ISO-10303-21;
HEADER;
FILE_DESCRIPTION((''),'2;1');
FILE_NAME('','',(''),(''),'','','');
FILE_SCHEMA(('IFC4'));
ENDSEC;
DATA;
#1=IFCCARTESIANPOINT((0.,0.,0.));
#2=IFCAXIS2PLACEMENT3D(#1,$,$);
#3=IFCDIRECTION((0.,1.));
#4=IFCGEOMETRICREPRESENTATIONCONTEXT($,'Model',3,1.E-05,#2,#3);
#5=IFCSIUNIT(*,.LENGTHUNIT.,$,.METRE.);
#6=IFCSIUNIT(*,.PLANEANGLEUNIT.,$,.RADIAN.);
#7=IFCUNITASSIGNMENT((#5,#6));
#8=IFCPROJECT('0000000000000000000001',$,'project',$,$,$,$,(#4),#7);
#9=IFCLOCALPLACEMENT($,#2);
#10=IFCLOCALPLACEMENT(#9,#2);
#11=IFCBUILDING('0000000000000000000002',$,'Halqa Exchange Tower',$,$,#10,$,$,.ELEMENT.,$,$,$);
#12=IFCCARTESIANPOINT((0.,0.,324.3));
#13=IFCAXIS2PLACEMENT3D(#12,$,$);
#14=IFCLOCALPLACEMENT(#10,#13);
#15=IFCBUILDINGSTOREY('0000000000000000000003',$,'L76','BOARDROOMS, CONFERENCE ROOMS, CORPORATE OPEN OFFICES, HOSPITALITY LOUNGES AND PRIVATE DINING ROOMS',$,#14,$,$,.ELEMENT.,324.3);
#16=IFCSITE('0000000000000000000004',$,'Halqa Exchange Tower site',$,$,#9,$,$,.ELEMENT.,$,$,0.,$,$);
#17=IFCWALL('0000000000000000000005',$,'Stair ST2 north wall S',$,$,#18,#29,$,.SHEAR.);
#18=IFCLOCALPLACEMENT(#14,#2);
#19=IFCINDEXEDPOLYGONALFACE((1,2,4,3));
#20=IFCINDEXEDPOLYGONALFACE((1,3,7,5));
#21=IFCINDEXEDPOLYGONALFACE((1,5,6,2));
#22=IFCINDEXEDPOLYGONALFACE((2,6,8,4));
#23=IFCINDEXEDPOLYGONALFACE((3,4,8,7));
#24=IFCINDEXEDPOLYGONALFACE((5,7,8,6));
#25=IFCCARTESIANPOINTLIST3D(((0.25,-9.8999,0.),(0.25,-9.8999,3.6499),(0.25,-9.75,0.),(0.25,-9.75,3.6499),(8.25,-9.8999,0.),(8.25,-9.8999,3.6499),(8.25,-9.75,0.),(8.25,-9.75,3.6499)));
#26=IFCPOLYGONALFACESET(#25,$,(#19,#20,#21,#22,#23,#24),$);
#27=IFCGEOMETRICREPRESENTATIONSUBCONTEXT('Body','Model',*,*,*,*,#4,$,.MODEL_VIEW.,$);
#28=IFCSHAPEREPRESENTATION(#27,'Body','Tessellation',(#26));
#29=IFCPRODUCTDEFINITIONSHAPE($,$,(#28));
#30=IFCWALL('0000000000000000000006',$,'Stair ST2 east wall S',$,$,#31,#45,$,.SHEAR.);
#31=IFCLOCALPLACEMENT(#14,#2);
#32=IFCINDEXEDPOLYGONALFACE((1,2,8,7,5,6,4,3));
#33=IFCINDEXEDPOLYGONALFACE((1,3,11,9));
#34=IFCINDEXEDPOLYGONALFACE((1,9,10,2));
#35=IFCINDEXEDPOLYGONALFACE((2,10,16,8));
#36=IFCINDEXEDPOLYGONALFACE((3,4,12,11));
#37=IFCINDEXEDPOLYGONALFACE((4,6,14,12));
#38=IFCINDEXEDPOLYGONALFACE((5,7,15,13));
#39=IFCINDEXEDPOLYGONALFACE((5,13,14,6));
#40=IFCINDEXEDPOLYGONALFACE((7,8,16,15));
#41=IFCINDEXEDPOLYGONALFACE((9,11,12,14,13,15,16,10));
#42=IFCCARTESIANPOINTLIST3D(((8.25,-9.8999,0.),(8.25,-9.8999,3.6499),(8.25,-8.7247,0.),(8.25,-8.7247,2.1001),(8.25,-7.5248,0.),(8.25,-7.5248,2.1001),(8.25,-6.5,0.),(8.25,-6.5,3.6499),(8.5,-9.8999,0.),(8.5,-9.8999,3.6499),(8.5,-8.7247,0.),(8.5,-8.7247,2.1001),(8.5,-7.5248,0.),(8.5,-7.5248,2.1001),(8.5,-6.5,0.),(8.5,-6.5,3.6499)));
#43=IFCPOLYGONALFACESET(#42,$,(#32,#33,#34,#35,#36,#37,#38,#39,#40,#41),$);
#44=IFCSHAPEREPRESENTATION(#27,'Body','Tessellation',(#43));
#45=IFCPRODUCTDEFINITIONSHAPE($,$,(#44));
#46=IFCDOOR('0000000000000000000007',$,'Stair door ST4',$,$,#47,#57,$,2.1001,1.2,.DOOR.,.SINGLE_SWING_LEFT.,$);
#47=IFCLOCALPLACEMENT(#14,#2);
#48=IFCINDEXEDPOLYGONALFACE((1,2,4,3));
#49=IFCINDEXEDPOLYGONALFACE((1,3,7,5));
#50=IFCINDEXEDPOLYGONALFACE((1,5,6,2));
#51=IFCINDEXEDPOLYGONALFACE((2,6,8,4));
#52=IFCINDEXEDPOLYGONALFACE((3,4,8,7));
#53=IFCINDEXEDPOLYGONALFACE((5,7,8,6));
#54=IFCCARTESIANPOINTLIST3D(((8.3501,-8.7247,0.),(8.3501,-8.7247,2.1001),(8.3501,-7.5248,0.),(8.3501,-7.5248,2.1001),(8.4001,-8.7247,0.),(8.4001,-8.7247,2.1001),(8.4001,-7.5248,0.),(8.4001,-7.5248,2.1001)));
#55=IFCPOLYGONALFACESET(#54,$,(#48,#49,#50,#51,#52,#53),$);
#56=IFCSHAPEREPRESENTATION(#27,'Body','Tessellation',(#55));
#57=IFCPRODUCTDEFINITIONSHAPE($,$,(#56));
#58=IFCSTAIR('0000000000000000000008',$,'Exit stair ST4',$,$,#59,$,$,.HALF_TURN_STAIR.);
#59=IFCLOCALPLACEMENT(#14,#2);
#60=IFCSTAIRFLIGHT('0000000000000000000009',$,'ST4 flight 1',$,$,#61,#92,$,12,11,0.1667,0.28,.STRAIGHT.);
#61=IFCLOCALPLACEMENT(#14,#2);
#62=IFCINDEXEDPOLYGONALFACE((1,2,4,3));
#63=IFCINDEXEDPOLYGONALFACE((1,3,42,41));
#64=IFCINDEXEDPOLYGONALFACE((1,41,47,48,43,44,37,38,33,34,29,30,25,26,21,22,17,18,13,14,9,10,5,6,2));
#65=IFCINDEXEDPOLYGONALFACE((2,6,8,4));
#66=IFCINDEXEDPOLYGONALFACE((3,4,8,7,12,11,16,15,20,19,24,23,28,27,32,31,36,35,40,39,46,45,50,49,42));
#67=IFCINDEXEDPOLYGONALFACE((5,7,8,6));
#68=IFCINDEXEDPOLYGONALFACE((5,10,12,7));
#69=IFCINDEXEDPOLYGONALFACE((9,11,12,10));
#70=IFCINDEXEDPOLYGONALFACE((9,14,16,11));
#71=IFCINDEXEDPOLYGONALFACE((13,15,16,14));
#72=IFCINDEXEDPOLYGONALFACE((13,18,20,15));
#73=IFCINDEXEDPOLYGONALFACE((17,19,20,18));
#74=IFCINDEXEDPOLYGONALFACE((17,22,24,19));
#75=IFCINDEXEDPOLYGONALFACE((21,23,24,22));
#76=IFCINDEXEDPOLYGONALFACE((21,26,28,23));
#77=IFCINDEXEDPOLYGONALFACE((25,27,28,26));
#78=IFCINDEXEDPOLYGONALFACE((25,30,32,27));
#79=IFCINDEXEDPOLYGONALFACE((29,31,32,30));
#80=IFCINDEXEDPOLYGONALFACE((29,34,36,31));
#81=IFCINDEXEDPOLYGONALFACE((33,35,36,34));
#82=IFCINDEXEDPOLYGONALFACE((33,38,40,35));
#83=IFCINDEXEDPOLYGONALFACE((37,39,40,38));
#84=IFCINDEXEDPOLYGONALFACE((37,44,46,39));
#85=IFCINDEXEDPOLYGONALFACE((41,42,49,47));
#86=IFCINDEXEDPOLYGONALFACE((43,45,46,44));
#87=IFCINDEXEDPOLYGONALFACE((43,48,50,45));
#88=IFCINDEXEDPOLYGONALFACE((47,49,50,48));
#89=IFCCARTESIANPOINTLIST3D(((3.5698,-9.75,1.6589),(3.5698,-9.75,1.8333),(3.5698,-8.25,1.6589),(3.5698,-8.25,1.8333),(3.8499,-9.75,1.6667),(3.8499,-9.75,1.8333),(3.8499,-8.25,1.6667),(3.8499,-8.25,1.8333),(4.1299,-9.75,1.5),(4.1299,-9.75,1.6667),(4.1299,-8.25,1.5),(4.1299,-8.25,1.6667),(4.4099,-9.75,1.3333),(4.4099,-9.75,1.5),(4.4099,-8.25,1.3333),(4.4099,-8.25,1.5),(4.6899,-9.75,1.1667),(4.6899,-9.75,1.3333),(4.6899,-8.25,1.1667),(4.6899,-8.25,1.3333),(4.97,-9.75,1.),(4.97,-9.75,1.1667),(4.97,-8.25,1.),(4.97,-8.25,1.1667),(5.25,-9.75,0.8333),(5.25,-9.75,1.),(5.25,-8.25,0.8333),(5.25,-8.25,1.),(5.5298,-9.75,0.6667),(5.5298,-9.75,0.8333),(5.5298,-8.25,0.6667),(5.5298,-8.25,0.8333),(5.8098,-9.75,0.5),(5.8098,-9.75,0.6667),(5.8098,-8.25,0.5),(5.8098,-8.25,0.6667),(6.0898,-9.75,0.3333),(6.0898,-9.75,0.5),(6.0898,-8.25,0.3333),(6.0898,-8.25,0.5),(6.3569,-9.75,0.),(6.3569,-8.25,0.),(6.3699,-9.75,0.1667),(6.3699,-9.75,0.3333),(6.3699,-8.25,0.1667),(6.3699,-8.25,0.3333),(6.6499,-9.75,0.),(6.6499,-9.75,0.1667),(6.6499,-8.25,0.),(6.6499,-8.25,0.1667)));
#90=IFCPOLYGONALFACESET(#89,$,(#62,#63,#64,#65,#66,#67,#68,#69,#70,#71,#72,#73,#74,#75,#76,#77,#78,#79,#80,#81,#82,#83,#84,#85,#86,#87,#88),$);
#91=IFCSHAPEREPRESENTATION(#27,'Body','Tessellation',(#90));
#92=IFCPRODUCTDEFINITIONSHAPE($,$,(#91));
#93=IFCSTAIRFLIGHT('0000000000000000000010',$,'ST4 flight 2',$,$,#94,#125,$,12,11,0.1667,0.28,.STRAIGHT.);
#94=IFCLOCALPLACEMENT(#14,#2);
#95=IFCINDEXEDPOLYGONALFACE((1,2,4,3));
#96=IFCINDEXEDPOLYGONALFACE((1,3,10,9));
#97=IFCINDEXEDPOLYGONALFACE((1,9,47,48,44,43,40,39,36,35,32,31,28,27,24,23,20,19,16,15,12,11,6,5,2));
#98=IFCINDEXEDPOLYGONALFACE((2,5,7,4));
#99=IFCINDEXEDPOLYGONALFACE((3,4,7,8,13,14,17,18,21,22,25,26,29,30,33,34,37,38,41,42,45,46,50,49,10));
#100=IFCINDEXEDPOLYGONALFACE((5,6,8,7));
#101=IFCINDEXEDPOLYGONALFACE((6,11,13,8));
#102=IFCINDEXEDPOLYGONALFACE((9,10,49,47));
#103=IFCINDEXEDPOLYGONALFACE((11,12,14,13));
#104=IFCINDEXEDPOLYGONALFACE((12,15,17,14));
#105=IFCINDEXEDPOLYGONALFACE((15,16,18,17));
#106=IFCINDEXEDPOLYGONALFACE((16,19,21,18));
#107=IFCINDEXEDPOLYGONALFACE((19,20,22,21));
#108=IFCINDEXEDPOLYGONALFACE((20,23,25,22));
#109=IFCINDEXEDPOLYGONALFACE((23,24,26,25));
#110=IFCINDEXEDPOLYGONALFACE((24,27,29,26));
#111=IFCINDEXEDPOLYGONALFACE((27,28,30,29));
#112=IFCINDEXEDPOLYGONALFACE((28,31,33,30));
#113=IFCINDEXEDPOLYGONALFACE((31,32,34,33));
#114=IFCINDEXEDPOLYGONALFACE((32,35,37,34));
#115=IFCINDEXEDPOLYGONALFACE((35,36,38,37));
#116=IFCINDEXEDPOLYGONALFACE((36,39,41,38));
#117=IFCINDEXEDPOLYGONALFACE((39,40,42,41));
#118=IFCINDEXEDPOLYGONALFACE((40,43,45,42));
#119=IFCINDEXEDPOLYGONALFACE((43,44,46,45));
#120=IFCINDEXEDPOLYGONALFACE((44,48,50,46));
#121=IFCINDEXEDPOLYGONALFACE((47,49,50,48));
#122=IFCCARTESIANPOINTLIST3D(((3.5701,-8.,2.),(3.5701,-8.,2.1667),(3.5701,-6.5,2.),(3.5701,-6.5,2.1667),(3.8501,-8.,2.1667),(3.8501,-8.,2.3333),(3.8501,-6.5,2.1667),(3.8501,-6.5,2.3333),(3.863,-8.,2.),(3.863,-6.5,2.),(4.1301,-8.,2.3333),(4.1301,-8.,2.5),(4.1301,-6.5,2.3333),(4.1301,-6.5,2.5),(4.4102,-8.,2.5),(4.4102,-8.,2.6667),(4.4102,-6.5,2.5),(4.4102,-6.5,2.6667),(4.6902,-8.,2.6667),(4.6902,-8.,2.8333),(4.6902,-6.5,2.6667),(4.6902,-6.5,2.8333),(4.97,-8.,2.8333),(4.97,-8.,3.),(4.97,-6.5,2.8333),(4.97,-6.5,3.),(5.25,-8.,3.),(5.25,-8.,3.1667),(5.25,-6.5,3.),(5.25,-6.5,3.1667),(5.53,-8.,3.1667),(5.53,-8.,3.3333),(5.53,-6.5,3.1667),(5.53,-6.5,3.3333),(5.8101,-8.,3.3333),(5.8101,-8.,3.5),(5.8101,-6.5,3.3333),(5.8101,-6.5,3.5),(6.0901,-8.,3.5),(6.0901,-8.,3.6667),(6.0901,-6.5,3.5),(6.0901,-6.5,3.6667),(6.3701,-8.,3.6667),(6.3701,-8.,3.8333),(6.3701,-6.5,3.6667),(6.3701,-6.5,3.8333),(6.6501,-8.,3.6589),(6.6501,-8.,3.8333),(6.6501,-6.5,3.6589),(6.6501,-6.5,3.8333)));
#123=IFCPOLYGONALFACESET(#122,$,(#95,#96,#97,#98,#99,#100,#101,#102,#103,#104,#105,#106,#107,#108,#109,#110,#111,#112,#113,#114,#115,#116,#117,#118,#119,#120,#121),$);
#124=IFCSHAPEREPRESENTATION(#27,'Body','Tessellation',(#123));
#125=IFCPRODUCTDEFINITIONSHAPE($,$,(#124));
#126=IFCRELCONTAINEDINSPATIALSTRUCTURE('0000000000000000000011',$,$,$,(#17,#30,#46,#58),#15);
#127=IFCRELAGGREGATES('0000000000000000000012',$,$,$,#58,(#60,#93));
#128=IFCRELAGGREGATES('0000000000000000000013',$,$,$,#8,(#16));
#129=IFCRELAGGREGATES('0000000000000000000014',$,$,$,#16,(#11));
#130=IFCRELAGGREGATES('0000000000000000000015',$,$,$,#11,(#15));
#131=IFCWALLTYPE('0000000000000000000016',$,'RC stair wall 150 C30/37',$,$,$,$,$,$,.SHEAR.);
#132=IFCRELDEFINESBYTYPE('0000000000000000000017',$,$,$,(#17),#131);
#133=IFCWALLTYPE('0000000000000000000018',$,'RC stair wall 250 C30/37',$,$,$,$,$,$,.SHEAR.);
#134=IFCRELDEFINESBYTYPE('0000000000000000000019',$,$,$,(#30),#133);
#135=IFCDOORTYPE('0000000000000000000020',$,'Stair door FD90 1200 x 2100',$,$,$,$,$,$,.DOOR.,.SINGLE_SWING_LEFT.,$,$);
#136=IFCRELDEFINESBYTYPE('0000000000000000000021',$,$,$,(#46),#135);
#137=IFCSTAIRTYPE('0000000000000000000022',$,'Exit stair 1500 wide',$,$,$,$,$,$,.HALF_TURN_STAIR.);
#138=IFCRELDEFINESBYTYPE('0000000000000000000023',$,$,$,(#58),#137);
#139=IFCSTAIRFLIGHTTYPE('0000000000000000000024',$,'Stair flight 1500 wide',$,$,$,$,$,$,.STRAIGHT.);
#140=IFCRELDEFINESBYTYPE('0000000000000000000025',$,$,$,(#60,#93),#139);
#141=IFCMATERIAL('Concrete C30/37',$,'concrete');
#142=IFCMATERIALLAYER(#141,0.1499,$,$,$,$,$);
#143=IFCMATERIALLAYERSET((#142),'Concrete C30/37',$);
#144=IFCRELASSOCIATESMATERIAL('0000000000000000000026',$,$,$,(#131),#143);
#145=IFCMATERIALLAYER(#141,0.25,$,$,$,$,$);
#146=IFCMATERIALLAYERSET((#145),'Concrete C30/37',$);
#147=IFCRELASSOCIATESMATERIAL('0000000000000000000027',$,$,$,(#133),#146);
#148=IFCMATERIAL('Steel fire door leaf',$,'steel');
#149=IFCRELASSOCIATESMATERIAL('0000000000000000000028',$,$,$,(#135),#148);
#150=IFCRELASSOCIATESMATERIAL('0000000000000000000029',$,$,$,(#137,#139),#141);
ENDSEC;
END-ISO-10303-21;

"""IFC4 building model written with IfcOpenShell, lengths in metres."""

from ifc_helpers import new_model, si_unit, direction, frame, frame_2d, origin, place, context, subcontext, project, spatial, polyline, rectangle, outline, extrude, material, layer, layer_set, type_object, element, fill, aggregate, save


model = new_model("IFC4")

# Units and contexts
model_context = context("Model", 3, precision=1e-05, world=origin(), true_north=direction((0.0, 1.0)))
body_context = subcontext(model_context, "Body", "Model", "MODEL_VIEW")
ifc_project = project(units=[si_unit("LENGTHUNIT", "METRE"), si_unit("PLANEANGLEUNIT", "RADIAN")], contexts=[model_context])

# Site, building, storey
site_placement = place(None, origin())
site = spatial("IfcSite", under=ifc_project, at=site_placement, Name="Halqa Exchange Tower site", CompositionType="ELEMENT", RefElevation=0.0)
building_placement = place(site_placement, origin())
building = spatial("IfcBuilding", under=site, at=building_placement, Name="Halqa Exchange Tower", CompositionType="ELEMENT")
storey_placement = place(building_placement, frame((0.0, 0.0, 324.3)))
storey = spatial("IfcBuildingStorey", under=building, at=storey_placement, Name="L76", Description="BOARDROOMS, CONFERENCE ROOMS, CORPORATE OPEN OFFICES, HOSPITALITY LOUNGES AND PRIVATE DINING ROOMS", CompositionType="ELEMENT", Elevation=324.3)

# Wall
ifc_material_1 = material(Name="Concrete C30/37", Category="concrete")
ifc_layer_1 = layer(ifc_material_1, 0.1499)
ifc_layer_set_1 = layer_set([ifc_layer_1], Name="Concrete C30/37")
wall_type_1 = type_object("IfcWallType", Name="RC stair wall 150 C30/37", PredefinedType="SHEAR", material=ifc_layer_set_1)
wall_1_placement = place(storey_placement, frame((0.25, -9.825, 0.0), z_axis=(0.0, 0.0, 1.0), x_axis=(1.0, 0.0, 0.0)))
element("IfcWall", 1, at=wall_1_placement, inside=storey, type_object=wall_type_1, Name="Stair ST2 north wall S", PredefinedType="SHEAR", context=body_context, shape_type="SweptSolid", body=[
    extrude(rectangle(XDim=8.0, YDim=0.1499, at=frame_2d((4.0, 0.0))), origin(), (0.0, 0.0, 1.0), 3.6499),
])

# Wall, opening, door
ifc_layer_2 = layer(ifc_material_1, 0.25)
ifc_layer_set_2 = layer_set([ifc_layer_2], Name="Concrete C30/37")
wall_type_2 = type_object("IfcWallType", Name="RC stair wall 250 C30/37", PredefinedType="SHEAR", material=ifc_layer_set_2)
wall_2_placement = place(storey_placement, frame((8.375, -9.8999, 0.0), z_axis=(0.0, 0.0, 1.0), x_axis=(0.0, 1.0, 0.0)))
wall_2 = element("IfcWall", 2, at=wall_2_placement, inside=storey, type_object=wall_type_2, Name="Stair ST2 east wall S", PredefinedType="SHEAR", context=body_context, shape_type="SweptSolid", body=[
    extrude(rectangle(XDim=3.3999, YDim=0.25, at=frame_2d((1.7, 0.0))), origin(), (0.0, 0.0, 1.0), 3.6499),
])
opening_placement = place(wall_2_placement, frame((1.175, 0.0, 0.0)))
opening = element("IfcOpeningElement", 3, at=opening_placement, cuts=wall_2, PredefinedType="OPENING", context=body_context, shape_type="SweptSolid", body=[
    extrude(rectangle(XDim=1.2, YDim=2.1001, at=frame_2d((0.6001, 1.05))), frame((0.0, 0.137, 0.0), z_axis=(0.0, -1.0, 0.0), x_axis=(1.0, 0.0, 0.0)), (0.0, 0.0, 1.0), 0.2739),
])
ifc_material_2 = material(Name="Steel fire door leaf", Category="steel")
door_type = type_object("IfcDoorType", Name="Stair door FD90 1200 x 2100", OperationType="SINGLE_SWING_LEFT", PredefinedType="DOOR", material=ifc_material_2)
door_placement = place(opening_placement, origin())
door = element("IfcDoor", 4, at=door_placement, inside=storey, type_object=door_type, Name="Stair door ST4", OperationType="SINGLE_SWING_LEFT", OverallHeight=2.1001, OverallWidth=1.2, PredefinedType="DOOR", context=body_context, shape_type="SweptSolid", body=[
    extrude(rectangle(XDim=1.2, YDim=2.1001, at=frame_2d((0.6001, 1.05))), frame((0.0, 0.0249, 0.0), z_axis=(0.0, -1.0, 0.0), x_axis=(1.0, 0.0, 0.0)), (0.0, 0.0, 1.0), 0.05),
])
fill(opening, door)

# Stair, stair flights
stair_type = type_object("IfcStairType", Name="Exit stair 1500 wide", PredefinedType="HALF_TURN_STAIR", material=ifc_material_1)
stair_placement = place(storey_placement, origin())
stair = element("IfcStair", 5, at=stair_placement, inside=storey, type_object=stair_type, Name="Exit stair ST4", PredefinedType="HALF_TURN_STAIR")
stair_flight_type = type_object("IfcStairFlightType", Name="Stair flight 1500 wide", PredefinedType="STRAIGHT", material=ifc_material_1)
stair_flight_1_placement = place(storey_placement, frame((6.6499, -9.0, 0.0), z_axis=(0.0, 0.0, 1.0), x_axis=(-1.0, 0.0, 0.0)))
stair_flight_1 = element("IfcStairFlight", 6, at=stair_flight_1_placement, type_object=stair_flight_type, Name="ST4 flight 1", NumberOfRisers=12, NumberOfTreads=11, PredefinedType="STRAIGHT", RiserHeight=0.1667, TreadLength=0.28, context=body_context, shape_type="SweptSolid", body=[
    extrude(outline(polyline([(0.0, 0.0), (0.0, 0.1667), (0.28, 0.1667), (0.28, 0.3333), (0.5601, 0.3333), (0.5601, 0.5), (0.8401, 0.5), (0.8401, 0.6667), (1.1201, 0.6667), (1.1201, 0.8333), (1.3999, 0.8333), (1.3999, 1.0), (1.6799, 1.0), (1.6799, 1.1667), (1.96, 1.1667), (1.96, 1.3333), (2.24, 1.3333), (2.24, 1.5), (2.52, 1.5), (2.52, 1.6667), (2.8, 1.6667), (2.8, 1.8333), (3.0801, 1.8333), (3.0801, 2.0), (3.0801, 1.6589), (0.293, 0.0), (0.0, 0.0)])), frame((0.0, 0.75, 0.0), z_axis=(0.0, -1.0, 0.0), x_axis=(1.0, 0.0, 0.0)), (0.0, 0.0, 1.0), 1.5),
])
stair_flight_2_placement = place(storey_placement, frame((3.5701, -7.25, 2.0), z_axis=(0.0, 0.0, 1.0), x_axis=(1.0, 0.0, 0.0)))
stair_flight_2 = element("IfcStairFlight", 7, at=stair_flight_2_placement, type_object=stair_flight_type, Name="ST4 flight 2", NumberOfRisers=12, NumberOfTreads=11, PredefinedType="STRAIGHT", RiserHeight=0.1667, TreadLength=0.28, context=body_context, shape_type="SweptSolid", body=[
    extrude(outline(polyline([(0.0, 0.0), (0.0, 0.1667), (0.28, 0.1667), (0.28, 0.3333), (0.5601, 0.3333), (0.5601, 0.5), (0.8401, 0.5), (0.8401, 0.6667), (1.1201, 0.6667), (1.1201, 0.8333), (1.3999, 0.8333), (1.3999, 1.0), (1.6799, 1.0), (1.6799, 1.1667), (1.96, 1.1667), (1.96, 1.3333), (2.24, 1.3333), (2.24, 1.5), (2.52, 1.5), (2.52, 1.6667), (2.8, 1.6667), (2.8, 1.8333), (3.0801, 1.8333), (3.0801, 2.0), (3.0801, 1.6589), (0.293, 0.0), (0.0, 0.0)])), frame((0.0, 0.75, 0.0), z_axis=(0.0, -1.0, 0.0), x_axis=(1.0, 0.0, 0.0)), (0.0, 0.0, 1.0), 1.5),
])
aggregate(stair, [stair_flight_1, stair_flight_2])

save(model, "model.ifc")
